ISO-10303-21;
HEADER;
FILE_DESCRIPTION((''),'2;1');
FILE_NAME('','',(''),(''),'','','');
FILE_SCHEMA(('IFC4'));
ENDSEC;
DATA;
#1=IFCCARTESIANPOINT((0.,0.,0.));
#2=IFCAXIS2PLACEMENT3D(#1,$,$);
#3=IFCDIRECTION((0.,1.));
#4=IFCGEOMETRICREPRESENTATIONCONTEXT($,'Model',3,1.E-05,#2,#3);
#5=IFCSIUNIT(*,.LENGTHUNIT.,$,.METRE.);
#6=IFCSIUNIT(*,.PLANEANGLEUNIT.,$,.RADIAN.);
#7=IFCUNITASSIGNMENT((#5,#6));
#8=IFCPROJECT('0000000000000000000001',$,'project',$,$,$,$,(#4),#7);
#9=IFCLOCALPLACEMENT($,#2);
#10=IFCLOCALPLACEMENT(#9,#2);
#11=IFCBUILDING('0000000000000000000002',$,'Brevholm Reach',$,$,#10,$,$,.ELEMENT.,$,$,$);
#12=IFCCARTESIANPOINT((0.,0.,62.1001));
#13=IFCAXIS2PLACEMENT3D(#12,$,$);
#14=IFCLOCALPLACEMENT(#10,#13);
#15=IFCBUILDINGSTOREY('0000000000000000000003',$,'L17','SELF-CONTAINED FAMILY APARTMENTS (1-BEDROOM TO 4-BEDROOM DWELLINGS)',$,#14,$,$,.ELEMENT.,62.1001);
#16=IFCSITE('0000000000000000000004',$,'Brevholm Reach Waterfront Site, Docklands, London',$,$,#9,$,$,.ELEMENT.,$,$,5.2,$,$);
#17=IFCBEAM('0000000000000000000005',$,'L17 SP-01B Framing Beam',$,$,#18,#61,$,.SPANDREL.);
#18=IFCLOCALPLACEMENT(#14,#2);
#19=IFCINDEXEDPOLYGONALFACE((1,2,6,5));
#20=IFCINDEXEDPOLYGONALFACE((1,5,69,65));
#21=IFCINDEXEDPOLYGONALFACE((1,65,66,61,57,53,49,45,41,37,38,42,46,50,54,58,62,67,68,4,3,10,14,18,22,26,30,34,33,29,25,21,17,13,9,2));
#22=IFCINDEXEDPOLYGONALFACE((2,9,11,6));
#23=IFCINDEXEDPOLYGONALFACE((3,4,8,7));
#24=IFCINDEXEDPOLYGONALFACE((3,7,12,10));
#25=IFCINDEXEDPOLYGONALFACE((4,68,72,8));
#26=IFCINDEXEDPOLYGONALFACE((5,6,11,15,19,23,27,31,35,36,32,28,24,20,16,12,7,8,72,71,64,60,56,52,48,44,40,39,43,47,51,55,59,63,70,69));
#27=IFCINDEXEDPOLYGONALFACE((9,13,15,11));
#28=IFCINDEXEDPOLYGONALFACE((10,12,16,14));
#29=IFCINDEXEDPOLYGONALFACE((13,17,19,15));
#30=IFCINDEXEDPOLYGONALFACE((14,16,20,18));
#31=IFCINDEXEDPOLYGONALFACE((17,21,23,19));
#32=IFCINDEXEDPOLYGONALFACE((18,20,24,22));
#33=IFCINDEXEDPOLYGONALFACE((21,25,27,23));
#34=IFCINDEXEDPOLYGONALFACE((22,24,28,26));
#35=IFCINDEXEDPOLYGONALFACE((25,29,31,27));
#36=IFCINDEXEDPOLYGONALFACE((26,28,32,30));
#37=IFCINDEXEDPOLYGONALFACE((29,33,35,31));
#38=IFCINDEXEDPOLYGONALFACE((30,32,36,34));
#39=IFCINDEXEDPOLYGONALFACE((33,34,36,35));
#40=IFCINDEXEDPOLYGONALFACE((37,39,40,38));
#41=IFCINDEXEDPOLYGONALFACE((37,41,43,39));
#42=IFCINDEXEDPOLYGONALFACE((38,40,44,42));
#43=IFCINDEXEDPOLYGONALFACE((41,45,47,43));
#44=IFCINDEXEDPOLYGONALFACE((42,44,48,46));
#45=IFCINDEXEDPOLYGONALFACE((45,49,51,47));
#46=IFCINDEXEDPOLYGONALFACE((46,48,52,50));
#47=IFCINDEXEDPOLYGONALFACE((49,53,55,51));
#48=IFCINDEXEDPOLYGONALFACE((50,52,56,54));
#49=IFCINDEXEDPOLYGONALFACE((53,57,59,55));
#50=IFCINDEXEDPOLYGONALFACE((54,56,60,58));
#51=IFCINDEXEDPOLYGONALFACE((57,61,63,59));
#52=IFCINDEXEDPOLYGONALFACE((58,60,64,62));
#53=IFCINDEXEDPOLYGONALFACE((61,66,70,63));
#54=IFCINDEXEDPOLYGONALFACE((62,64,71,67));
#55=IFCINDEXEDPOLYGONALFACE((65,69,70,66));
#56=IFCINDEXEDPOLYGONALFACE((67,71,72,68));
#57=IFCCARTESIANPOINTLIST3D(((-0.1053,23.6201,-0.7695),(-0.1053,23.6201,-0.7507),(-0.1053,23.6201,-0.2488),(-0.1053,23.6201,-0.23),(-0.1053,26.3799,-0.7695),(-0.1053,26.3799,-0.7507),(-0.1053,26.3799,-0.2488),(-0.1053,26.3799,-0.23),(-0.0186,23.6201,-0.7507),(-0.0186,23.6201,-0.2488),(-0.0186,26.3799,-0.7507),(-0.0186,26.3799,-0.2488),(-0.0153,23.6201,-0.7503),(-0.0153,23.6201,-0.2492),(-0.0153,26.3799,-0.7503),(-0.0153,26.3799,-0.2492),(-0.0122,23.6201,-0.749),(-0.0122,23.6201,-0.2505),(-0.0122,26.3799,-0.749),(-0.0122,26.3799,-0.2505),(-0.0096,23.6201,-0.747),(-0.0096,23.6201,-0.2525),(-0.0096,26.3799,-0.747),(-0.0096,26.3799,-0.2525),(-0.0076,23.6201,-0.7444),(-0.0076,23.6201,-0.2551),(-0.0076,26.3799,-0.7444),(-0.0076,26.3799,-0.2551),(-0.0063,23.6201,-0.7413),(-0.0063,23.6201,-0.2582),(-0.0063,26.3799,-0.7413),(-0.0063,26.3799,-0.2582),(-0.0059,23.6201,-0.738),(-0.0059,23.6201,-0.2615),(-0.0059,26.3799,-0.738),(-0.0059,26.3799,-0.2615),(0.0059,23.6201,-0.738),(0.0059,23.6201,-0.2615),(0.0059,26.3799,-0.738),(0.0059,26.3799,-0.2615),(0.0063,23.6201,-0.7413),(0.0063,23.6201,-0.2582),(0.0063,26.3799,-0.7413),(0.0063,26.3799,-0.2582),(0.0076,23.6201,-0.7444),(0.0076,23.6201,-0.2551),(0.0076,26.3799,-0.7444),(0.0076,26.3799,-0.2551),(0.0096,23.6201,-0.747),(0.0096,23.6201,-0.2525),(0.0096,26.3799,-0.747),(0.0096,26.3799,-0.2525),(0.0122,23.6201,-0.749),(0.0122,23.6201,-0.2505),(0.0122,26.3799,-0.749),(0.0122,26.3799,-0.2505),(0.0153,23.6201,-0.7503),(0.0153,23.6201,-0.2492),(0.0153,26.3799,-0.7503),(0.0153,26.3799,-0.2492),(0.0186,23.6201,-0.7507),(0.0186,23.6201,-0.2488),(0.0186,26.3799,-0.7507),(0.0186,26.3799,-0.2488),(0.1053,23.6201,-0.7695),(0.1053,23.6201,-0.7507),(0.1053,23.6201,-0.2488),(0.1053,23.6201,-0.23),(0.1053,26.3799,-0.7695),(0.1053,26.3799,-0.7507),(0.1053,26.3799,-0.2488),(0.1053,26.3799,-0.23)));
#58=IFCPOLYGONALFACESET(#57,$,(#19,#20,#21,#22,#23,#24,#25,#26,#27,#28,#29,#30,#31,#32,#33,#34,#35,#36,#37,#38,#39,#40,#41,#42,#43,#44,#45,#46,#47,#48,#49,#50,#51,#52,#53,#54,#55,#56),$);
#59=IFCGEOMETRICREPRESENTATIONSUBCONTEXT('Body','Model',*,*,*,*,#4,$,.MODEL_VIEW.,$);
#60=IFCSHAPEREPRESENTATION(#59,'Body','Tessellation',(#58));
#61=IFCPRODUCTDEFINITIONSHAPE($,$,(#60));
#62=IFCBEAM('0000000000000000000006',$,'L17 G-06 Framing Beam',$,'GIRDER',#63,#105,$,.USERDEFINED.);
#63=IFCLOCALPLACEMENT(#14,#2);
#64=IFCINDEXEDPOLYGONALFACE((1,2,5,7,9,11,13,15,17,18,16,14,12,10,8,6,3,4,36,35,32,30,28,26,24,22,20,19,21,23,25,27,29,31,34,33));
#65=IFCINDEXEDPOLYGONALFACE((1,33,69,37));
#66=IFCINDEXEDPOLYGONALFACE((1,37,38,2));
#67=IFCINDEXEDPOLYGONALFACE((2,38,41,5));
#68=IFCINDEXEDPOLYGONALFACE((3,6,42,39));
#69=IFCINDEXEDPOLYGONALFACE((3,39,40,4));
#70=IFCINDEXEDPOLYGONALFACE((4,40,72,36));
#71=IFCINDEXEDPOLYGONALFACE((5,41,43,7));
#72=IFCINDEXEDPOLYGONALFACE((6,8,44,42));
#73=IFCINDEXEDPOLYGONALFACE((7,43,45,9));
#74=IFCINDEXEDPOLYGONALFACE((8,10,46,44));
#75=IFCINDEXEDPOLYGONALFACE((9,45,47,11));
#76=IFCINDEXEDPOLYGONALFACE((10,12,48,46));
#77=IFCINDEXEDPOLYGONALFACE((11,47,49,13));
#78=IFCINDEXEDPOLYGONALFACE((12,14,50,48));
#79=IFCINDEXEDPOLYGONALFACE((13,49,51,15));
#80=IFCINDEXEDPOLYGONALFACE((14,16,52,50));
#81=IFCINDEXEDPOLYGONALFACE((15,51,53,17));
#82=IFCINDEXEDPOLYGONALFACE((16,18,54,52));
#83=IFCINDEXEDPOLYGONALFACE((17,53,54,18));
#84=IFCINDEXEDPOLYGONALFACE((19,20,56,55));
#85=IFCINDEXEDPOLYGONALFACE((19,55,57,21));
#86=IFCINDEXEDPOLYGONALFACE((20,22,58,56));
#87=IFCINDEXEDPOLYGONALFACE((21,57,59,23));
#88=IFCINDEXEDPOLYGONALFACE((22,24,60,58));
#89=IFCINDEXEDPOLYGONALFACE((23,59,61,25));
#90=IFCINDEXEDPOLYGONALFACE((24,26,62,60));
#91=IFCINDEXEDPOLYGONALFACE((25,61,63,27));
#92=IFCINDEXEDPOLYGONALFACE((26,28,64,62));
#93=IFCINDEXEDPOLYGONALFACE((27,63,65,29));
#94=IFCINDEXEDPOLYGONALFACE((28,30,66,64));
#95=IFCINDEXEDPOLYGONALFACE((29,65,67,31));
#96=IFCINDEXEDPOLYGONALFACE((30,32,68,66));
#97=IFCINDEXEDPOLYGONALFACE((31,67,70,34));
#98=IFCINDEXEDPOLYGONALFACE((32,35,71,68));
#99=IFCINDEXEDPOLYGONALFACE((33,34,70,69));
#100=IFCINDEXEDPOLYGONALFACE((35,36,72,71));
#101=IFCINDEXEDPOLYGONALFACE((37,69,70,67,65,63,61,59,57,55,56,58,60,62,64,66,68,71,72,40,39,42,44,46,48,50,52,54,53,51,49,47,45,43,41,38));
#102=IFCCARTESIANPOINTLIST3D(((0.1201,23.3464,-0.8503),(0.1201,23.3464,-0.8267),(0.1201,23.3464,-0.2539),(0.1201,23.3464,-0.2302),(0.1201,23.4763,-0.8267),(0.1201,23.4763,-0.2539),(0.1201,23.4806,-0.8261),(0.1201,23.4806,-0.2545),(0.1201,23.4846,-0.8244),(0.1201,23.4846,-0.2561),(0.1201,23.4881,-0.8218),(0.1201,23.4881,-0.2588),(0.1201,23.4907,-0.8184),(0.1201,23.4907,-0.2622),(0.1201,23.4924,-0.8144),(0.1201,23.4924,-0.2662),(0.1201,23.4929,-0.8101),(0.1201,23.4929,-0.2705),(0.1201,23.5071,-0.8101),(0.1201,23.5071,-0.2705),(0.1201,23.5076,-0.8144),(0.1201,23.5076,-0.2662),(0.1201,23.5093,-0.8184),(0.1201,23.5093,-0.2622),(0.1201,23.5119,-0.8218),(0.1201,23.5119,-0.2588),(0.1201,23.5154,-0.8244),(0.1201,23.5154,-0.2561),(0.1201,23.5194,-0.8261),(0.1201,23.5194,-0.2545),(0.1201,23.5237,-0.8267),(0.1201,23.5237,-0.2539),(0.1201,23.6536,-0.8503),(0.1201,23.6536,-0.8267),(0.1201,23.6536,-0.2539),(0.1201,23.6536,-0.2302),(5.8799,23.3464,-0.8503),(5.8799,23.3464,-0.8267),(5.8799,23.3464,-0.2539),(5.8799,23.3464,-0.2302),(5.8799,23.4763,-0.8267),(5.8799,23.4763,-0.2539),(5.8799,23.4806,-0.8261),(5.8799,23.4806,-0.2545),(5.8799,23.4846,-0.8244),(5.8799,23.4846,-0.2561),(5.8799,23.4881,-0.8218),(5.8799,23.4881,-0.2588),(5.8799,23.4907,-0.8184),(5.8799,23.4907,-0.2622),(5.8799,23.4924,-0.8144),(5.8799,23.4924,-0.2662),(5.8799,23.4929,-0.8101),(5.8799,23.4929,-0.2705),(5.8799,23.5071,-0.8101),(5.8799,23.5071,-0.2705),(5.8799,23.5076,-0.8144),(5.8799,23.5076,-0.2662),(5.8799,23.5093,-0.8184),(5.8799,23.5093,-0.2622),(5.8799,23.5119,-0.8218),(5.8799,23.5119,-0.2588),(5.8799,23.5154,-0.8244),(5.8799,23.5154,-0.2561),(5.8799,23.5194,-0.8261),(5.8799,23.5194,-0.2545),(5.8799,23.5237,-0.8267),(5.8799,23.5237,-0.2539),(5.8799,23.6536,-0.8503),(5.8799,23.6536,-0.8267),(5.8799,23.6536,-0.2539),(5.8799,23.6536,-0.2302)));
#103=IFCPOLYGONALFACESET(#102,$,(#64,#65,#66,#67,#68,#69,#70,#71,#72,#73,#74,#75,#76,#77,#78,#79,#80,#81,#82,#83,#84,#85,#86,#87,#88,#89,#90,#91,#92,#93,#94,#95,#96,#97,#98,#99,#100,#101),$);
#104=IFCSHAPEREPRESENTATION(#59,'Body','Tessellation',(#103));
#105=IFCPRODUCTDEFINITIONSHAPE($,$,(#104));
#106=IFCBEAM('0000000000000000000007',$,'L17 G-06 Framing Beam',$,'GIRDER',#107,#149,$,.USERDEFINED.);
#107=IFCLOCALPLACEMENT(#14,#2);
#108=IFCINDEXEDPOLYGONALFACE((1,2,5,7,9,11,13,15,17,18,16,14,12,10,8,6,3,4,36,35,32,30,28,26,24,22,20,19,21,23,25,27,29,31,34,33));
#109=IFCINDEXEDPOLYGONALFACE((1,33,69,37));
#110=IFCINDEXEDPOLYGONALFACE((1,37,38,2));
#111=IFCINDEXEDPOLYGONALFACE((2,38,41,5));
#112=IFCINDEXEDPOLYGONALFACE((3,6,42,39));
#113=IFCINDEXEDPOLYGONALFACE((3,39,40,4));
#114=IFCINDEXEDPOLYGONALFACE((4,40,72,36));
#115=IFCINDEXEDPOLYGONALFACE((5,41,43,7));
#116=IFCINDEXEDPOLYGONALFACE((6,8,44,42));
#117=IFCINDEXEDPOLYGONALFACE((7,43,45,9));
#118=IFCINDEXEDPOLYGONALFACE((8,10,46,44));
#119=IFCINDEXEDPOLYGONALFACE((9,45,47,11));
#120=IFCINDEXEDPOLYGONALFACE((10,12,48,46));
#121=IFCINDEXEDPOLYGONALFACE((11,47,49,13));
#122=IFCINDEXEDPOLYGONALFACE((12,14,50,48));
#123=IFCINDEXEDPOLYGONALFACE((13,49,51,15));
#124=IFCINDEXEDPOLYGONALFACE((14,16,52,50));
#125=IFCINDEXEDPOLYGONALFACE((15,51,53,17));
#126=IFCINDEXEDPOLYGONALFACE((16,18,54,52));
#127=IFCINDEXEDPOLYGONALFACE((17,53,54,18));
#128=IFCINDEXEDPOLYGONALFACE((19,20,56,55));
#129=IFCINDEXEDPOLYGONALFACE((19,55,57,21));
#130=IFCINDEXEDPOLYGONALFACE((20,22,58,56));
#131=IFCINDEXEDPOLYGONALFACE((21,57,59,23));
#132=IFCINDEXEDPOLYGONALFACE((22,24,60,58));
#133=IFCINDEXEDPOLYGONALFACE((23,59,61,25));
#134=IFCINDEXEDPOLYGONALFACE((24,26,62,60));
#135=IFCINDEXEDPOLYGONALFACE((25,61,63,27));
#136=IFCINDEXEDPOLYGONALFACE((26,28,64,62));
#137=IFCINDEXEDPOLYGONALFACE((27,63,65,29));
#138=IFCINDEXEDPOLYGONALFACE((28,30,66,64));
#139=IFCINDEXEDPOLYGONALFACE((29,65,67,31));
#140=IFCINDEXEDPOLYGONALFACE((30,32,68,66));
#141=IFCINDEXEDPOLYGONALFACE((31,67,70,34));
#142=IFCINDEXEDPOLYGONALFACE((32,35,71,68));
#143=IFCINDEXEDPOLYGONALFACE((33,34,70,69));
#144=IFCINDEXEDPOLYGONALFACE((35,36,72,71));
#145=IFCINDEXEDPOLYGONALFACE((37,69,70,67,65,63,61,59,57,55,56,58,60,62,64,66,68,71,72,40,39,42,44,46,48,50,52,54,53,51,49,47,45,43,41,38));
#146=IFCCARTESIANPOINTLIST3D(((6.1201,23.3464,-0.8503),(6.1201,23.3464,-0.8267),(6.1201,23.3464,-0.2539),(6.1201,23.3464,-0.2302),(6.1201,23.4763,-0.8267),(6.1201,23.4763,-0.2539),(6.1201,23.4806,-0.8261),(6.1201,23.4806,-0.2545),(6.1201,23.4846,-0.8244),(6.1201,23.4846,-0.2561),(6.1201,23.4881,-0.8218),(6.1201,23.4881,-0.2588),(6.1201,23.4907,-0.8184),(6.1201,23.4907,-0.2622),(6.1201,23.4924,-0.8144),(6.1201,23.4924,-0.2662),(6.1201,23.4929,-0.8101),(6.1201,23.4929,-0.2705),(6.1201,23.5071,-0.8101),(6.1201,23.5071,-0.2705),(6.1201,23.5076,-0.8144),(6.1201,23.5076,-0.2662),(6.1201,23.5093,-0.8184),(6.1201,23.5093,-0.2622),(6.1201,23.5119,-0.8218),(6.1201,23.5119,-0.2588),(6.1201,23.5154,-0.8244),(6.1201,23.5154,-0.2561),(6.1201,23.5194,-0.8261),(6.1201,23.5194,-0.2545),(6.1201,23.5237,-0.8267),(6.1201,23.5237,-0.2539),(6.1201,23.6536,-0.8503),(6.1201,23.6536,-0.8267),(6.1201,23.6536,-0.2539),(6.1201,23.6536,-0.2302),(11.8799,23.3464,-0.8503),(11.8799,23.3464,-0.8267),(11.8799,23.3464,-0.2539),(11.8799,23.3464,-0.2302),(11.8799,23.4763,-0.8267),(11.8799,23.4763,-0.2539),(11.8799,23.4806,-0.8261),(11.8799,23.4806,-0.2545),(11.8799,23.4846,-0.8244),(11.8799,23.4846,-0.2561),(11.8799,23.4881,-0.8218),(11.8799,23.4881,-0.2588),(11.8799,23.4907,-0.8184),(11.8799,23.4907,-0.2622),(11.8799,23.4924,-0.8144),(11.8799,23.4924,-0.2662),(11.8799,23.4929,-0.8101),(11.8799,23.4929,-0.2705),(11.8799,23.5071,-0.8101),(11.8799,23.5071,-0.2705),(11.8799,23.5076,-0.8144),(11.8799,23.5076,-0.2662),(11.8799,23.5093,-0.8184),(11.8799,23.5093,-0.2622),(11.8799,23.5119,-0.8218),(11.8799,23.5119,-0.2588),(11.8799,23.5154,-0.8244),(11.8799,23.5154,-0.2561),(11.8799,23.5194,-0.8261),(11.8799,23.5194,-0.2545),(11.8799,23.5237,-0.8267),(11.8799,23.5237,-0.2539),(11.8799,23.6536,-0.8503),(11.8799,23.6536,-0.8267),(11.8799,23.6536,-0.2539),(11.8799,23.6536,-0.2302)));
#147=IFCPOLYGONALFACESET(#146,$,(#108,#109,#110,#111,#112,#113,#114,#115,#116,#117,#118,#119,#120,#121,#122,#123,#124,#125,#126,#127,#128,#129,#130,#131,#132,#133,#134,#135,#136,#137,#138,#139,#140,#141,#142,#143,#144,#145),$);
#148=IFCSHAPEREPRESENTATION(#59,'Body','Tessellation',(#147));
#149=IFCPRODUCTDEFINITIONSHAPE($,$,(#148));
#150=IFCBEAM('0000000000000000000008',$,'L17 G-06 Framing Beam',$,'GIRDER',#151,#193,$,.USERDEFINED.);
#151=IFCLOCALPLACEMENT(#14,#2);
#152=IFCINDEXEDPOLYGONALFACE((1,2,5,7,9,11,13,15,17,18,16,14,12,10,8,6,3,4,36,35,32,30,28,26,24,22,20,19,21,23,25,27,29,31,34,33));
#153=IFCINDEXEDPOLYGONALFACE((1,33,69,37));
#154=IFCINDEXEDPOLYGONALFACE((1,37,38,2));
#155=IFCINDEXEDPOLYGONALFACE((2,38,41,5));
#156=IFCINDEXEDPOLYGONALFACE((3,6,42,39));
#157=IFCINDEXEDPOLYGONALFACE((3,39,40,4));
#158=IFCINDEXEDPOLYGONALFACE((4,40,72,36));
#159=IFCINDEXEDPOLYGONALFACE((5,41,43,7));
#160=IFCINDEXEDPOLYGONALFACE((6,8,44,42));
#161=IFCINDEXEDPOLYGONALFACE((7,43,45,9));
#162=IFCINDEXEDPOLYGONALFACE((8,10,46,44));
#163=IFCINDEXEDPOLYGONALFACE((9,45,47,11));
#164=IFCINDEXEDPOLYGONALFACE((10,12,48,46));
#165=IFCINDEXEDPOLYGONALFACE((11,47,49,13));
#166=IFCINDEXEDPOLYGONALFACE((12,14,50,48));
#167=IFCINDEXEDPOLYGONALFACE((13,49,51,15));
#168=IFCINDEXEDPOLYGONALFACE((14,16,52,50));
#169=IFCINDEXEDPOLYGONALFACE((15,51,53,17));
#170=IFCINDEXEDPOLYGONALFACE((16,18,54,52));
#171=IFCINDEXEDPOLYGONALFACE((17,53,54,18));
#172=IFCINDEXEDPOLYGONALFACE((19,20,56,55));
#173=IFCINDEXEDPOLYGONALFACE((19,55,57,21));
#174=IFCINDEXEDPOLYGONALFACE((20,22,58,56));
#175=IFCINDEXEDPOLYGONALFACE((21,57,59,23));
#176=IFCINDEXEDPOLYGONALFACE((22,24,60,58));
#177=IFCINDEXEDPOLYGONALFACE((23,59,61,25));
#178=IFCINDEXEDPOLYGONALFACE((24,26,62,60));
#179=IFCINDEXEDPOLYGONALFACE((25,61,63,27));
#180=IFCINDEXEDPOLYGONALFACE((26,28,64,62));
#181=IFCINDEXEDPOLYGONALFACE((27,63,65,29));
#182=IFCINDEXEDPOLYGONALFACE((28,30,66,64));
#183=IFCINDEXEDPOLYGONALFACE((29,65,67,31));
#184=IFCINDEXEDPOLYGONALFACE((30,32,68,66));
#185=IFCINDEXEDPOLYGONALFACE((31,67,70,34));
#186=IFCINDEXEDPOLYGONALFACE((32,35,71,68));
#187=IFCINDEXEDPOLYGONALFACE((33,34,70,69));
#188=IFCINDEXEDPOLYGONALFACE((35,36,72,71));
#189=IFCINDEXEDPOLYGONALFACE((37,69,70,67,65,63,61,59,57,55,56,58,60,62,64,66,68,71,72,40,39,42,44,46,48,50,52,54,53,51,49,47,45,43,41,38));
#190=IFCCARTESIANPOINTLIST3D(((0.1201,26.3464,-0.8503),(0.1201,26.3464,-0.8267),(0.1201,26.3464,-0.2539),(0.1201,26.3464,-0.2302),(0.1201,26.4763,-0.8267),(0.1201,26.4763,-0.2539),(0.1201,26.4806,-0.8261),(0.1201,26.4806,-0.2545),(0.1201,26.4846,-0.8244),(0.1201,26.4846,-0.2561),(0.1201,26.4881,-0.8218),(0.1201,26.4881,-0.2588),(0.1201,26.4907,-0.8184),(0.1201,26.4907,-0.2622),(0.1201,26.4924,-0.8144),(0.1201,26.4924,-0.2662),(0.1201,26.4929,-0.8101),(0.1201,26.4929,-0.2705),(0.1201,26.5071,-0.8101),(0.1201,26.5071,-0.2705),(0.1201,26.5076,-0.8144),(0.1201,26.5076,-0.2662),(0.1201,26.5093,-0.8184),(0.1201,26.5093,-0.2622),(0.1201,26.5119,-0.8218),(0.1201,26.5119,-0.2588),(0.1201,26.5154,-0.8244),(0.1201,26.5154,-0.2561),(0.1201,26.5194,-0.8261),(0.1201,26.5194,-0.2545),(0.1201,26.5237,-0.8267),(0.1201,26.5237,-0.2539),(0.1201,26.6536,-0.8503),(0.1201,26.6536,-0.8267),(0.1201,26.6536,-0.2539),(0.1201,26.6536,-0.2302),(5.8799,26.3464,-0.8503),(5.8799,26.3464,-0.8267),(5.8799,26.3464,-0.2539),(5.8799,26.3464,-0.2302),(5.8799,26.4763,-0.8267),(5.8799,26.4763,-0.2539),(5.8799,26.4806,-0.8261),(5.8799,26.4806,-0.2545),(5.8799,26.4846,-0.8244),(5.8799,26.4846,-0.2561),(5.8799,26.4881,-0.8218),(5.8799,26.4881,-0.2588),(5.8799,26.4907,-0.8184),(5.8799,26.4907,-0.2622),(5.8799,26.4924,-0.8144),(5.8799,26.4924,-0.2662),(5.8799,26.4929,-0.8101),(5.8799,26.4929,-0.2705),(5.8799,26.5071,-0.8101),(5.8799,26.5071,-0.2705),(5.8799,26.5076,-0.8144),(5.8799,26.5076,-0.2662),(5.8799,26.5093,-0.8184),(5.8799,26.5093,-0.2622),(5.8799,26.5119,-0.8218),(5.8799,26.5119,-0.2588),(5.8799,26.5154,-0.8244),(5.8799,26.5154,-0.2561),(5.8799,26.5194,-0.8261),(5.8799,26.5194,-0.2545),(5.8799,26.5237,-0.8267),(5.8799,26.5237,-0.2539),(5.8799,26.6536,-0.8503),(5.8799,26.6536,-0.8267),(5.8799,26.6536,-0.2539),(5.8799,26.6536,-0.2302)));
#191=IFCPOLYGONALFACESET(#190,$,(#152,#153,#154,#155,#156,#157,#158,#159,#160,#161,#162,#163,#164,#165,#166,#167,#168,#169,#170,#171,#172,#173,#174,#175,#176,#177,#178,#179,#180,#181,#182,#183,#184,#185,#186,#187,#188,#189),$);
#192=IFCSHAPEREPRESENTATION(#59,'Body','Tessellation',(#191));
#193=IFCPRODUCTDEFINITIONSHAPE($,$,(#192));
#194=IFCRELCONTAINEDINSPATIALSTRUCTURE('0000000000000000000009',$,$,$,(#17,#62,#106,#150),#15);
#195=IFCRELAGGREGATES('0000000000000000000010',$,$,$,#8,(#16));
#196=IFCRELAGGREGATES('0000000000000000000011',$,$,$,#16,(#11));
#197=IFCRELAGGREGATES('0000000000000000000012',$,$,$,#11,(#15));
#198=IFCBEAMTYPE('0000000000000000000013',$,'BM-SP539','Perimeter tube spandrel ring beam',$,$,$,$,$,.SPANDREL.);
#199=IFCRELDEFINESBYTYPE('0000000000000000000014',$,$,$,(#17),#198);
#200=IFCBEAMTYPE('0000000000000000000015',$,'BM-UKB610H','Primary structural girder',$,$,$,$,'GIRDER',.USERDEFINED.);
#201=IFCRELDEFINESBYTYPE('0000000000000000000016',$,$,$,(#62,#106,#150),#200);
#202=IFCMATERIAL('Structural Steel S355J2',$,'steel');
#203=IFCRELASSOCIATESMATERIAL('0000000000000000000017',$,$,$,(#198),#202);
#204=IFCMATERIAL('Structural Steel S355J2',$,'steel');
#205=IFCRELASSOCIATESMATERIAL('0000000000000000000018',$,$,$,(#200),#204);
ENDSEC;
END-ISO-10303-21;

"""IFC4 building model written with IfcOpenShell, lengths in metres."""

from ifc_helpers import new_model, si_unit, direction, frame, origin, origin_2d, place, context, subcontext, project, spatial, i_section, extrude, material, material_profile, profile_set, type_object, element, save


model = new_model("IFC4")

# Units and contexts
model_context = context("Model", 3, precision=1e-05, world=origin(), true_north=direction((0.0, 1.0)))
body_context = subcontext(model_context, "Body", "Model", "MODEL_VIEW")
ifc_project = project(units=[si_unit("LENGTHUNIT", "METRE"), si_unit("PLANEANGLEUNIT", "RADIAN")], contexts=[model_context])

# Site, building, storey
site_placement = place(None, origin())
site = spatial("IfcSite", under=ifc_project, at=site_placement, Name="Brevholm Reach Waterfront Site, Docklands, London", CompositionType="ELEMENT", RefElevation=5.2)
building_placement = place(site_placement, origin())
building = spatial("IfcBuilding", under=site, at=building_placement, Name="Brevholm Reach", CompositionType="ELEMENT")
storey_placement = place(building_placement, frame((0.0, 0.0, 62.1001)))
storey = spatial("IfcBuildingStorey", under=building, at=storey_placement, Name="L17", Description="SELF-CONTAINED FAMILY APARTMENTS (1-BEDROOM TO 4-BEDROOM DWELLINGS)", CompositionType="ELEMENT", Elevation=62.1001)

# Beams
ifc_material_1 = material(Name="Structural Steel S355J2", Category="steel")
ifc_material_profile_1 = material_profile(ifc_material_1, i_section(OverallWidth=0.2107, OverallDepth=0.5396, WebThickness=0.0117, FlangeThickness=0.0188, FilletRadius=0.0127, at=origin_2d()), Name="UKB 533x210x109")
ifc_profile_set_1 = profile_set([ifc_material_profile_1], Name="Structural Steel S355J2")
beam_type_1 = type_object("IfcBeamType", Name="BM-SP539", Description="Perimeter tube spandrel ring beam", PredefinedType="SPANDREL", material=ifc_profile_set_1)
beam_1_placement = place(storey_placement, frame((0.0, 23.6201, -0.4998), z_axis=(0.0, 1.0, 0.0), x_axis=(-1.0, 0.0, 0.0)))
element("IfcBeam", 1, at=beam_1_placement, inside=storey, type_object=beam_type_1, Name="L17 SP-01B Framing Beam", PredefinedType="SPANDREL", context=body_context, shape_type="SweptSolid", body=[
    extrude(i_section(OverallWidth=0.2107, OverallDepth=0.5396, WebThickness=0.0117, FlangeThickness=0.0188, FilletRadius=0.0127, at=origin_2d()), origin(), (0.0, 0.0, 1.0), 2.7598),
])
ifc_material_2 = material(Name="Structural Steel S355J2", Category="steel")
ifc_material_profile_2 = material_profile(ifc_material_2, i_section(OverallWidth=0.3071, OverallDepth=0.6201, WebThickness=0.0142, FlangeThickness=0.0237, FilletRadius=0.0166, at=origin_2d()), Name="UKB 610x305x179")
ifc_profile_set_2 = profile_set([ifc_material_profile_2], Name="Structural Steel S355J2")
beam_type_2 = type_object("IfcBeamType", Name="BM-UKB610H", Description="Primary structural girder", ElementType="GIRDER", PredefinedType="USERDEFINED", material=ifc_profile_set_2)
for number, where, z_axis, x_axis, name in (
    (2, (0.1201, 23.5, -0.5403), (1.0, 0.0, 0.0), (0.0, 1.0, 0.0), "L17 G-06 Framing Beam"),
    (3, (6.1201, 23.5, -0.5403), (1.0, 0.0, 0.0), (0.0, 1.0, 0.0), "L17 G-06 Framing Beam"),
    (4, (0.1201, 26.5, -0.5403), (1.0, 0.0, 0.0), (0.0, 1.0, 0.0), "L17 G-06 Framing Beam"),
):
    element("IfcBeam", number, at=place(storey_placement, frame(where, z_axis=z_axis, x_axis=x_axis)), inside=storey, type_object=beam_type_2, Name=name, ObjectType="GIRDER", PredefinedType="USERDEFINED", context=body_context, shape_type="SweptSolid", body=[
        extrude(i_section(OverallWidth=0.3071, OverallDepth=0.6201, WebThickness=0.0142, FlangeThickness=0.0237, FilletRadius=0.0166, at=origin_2d()), origin(), (0.0, 0.0, 1.0), 5.7598),
    ])

save(model, "model.ifc")
